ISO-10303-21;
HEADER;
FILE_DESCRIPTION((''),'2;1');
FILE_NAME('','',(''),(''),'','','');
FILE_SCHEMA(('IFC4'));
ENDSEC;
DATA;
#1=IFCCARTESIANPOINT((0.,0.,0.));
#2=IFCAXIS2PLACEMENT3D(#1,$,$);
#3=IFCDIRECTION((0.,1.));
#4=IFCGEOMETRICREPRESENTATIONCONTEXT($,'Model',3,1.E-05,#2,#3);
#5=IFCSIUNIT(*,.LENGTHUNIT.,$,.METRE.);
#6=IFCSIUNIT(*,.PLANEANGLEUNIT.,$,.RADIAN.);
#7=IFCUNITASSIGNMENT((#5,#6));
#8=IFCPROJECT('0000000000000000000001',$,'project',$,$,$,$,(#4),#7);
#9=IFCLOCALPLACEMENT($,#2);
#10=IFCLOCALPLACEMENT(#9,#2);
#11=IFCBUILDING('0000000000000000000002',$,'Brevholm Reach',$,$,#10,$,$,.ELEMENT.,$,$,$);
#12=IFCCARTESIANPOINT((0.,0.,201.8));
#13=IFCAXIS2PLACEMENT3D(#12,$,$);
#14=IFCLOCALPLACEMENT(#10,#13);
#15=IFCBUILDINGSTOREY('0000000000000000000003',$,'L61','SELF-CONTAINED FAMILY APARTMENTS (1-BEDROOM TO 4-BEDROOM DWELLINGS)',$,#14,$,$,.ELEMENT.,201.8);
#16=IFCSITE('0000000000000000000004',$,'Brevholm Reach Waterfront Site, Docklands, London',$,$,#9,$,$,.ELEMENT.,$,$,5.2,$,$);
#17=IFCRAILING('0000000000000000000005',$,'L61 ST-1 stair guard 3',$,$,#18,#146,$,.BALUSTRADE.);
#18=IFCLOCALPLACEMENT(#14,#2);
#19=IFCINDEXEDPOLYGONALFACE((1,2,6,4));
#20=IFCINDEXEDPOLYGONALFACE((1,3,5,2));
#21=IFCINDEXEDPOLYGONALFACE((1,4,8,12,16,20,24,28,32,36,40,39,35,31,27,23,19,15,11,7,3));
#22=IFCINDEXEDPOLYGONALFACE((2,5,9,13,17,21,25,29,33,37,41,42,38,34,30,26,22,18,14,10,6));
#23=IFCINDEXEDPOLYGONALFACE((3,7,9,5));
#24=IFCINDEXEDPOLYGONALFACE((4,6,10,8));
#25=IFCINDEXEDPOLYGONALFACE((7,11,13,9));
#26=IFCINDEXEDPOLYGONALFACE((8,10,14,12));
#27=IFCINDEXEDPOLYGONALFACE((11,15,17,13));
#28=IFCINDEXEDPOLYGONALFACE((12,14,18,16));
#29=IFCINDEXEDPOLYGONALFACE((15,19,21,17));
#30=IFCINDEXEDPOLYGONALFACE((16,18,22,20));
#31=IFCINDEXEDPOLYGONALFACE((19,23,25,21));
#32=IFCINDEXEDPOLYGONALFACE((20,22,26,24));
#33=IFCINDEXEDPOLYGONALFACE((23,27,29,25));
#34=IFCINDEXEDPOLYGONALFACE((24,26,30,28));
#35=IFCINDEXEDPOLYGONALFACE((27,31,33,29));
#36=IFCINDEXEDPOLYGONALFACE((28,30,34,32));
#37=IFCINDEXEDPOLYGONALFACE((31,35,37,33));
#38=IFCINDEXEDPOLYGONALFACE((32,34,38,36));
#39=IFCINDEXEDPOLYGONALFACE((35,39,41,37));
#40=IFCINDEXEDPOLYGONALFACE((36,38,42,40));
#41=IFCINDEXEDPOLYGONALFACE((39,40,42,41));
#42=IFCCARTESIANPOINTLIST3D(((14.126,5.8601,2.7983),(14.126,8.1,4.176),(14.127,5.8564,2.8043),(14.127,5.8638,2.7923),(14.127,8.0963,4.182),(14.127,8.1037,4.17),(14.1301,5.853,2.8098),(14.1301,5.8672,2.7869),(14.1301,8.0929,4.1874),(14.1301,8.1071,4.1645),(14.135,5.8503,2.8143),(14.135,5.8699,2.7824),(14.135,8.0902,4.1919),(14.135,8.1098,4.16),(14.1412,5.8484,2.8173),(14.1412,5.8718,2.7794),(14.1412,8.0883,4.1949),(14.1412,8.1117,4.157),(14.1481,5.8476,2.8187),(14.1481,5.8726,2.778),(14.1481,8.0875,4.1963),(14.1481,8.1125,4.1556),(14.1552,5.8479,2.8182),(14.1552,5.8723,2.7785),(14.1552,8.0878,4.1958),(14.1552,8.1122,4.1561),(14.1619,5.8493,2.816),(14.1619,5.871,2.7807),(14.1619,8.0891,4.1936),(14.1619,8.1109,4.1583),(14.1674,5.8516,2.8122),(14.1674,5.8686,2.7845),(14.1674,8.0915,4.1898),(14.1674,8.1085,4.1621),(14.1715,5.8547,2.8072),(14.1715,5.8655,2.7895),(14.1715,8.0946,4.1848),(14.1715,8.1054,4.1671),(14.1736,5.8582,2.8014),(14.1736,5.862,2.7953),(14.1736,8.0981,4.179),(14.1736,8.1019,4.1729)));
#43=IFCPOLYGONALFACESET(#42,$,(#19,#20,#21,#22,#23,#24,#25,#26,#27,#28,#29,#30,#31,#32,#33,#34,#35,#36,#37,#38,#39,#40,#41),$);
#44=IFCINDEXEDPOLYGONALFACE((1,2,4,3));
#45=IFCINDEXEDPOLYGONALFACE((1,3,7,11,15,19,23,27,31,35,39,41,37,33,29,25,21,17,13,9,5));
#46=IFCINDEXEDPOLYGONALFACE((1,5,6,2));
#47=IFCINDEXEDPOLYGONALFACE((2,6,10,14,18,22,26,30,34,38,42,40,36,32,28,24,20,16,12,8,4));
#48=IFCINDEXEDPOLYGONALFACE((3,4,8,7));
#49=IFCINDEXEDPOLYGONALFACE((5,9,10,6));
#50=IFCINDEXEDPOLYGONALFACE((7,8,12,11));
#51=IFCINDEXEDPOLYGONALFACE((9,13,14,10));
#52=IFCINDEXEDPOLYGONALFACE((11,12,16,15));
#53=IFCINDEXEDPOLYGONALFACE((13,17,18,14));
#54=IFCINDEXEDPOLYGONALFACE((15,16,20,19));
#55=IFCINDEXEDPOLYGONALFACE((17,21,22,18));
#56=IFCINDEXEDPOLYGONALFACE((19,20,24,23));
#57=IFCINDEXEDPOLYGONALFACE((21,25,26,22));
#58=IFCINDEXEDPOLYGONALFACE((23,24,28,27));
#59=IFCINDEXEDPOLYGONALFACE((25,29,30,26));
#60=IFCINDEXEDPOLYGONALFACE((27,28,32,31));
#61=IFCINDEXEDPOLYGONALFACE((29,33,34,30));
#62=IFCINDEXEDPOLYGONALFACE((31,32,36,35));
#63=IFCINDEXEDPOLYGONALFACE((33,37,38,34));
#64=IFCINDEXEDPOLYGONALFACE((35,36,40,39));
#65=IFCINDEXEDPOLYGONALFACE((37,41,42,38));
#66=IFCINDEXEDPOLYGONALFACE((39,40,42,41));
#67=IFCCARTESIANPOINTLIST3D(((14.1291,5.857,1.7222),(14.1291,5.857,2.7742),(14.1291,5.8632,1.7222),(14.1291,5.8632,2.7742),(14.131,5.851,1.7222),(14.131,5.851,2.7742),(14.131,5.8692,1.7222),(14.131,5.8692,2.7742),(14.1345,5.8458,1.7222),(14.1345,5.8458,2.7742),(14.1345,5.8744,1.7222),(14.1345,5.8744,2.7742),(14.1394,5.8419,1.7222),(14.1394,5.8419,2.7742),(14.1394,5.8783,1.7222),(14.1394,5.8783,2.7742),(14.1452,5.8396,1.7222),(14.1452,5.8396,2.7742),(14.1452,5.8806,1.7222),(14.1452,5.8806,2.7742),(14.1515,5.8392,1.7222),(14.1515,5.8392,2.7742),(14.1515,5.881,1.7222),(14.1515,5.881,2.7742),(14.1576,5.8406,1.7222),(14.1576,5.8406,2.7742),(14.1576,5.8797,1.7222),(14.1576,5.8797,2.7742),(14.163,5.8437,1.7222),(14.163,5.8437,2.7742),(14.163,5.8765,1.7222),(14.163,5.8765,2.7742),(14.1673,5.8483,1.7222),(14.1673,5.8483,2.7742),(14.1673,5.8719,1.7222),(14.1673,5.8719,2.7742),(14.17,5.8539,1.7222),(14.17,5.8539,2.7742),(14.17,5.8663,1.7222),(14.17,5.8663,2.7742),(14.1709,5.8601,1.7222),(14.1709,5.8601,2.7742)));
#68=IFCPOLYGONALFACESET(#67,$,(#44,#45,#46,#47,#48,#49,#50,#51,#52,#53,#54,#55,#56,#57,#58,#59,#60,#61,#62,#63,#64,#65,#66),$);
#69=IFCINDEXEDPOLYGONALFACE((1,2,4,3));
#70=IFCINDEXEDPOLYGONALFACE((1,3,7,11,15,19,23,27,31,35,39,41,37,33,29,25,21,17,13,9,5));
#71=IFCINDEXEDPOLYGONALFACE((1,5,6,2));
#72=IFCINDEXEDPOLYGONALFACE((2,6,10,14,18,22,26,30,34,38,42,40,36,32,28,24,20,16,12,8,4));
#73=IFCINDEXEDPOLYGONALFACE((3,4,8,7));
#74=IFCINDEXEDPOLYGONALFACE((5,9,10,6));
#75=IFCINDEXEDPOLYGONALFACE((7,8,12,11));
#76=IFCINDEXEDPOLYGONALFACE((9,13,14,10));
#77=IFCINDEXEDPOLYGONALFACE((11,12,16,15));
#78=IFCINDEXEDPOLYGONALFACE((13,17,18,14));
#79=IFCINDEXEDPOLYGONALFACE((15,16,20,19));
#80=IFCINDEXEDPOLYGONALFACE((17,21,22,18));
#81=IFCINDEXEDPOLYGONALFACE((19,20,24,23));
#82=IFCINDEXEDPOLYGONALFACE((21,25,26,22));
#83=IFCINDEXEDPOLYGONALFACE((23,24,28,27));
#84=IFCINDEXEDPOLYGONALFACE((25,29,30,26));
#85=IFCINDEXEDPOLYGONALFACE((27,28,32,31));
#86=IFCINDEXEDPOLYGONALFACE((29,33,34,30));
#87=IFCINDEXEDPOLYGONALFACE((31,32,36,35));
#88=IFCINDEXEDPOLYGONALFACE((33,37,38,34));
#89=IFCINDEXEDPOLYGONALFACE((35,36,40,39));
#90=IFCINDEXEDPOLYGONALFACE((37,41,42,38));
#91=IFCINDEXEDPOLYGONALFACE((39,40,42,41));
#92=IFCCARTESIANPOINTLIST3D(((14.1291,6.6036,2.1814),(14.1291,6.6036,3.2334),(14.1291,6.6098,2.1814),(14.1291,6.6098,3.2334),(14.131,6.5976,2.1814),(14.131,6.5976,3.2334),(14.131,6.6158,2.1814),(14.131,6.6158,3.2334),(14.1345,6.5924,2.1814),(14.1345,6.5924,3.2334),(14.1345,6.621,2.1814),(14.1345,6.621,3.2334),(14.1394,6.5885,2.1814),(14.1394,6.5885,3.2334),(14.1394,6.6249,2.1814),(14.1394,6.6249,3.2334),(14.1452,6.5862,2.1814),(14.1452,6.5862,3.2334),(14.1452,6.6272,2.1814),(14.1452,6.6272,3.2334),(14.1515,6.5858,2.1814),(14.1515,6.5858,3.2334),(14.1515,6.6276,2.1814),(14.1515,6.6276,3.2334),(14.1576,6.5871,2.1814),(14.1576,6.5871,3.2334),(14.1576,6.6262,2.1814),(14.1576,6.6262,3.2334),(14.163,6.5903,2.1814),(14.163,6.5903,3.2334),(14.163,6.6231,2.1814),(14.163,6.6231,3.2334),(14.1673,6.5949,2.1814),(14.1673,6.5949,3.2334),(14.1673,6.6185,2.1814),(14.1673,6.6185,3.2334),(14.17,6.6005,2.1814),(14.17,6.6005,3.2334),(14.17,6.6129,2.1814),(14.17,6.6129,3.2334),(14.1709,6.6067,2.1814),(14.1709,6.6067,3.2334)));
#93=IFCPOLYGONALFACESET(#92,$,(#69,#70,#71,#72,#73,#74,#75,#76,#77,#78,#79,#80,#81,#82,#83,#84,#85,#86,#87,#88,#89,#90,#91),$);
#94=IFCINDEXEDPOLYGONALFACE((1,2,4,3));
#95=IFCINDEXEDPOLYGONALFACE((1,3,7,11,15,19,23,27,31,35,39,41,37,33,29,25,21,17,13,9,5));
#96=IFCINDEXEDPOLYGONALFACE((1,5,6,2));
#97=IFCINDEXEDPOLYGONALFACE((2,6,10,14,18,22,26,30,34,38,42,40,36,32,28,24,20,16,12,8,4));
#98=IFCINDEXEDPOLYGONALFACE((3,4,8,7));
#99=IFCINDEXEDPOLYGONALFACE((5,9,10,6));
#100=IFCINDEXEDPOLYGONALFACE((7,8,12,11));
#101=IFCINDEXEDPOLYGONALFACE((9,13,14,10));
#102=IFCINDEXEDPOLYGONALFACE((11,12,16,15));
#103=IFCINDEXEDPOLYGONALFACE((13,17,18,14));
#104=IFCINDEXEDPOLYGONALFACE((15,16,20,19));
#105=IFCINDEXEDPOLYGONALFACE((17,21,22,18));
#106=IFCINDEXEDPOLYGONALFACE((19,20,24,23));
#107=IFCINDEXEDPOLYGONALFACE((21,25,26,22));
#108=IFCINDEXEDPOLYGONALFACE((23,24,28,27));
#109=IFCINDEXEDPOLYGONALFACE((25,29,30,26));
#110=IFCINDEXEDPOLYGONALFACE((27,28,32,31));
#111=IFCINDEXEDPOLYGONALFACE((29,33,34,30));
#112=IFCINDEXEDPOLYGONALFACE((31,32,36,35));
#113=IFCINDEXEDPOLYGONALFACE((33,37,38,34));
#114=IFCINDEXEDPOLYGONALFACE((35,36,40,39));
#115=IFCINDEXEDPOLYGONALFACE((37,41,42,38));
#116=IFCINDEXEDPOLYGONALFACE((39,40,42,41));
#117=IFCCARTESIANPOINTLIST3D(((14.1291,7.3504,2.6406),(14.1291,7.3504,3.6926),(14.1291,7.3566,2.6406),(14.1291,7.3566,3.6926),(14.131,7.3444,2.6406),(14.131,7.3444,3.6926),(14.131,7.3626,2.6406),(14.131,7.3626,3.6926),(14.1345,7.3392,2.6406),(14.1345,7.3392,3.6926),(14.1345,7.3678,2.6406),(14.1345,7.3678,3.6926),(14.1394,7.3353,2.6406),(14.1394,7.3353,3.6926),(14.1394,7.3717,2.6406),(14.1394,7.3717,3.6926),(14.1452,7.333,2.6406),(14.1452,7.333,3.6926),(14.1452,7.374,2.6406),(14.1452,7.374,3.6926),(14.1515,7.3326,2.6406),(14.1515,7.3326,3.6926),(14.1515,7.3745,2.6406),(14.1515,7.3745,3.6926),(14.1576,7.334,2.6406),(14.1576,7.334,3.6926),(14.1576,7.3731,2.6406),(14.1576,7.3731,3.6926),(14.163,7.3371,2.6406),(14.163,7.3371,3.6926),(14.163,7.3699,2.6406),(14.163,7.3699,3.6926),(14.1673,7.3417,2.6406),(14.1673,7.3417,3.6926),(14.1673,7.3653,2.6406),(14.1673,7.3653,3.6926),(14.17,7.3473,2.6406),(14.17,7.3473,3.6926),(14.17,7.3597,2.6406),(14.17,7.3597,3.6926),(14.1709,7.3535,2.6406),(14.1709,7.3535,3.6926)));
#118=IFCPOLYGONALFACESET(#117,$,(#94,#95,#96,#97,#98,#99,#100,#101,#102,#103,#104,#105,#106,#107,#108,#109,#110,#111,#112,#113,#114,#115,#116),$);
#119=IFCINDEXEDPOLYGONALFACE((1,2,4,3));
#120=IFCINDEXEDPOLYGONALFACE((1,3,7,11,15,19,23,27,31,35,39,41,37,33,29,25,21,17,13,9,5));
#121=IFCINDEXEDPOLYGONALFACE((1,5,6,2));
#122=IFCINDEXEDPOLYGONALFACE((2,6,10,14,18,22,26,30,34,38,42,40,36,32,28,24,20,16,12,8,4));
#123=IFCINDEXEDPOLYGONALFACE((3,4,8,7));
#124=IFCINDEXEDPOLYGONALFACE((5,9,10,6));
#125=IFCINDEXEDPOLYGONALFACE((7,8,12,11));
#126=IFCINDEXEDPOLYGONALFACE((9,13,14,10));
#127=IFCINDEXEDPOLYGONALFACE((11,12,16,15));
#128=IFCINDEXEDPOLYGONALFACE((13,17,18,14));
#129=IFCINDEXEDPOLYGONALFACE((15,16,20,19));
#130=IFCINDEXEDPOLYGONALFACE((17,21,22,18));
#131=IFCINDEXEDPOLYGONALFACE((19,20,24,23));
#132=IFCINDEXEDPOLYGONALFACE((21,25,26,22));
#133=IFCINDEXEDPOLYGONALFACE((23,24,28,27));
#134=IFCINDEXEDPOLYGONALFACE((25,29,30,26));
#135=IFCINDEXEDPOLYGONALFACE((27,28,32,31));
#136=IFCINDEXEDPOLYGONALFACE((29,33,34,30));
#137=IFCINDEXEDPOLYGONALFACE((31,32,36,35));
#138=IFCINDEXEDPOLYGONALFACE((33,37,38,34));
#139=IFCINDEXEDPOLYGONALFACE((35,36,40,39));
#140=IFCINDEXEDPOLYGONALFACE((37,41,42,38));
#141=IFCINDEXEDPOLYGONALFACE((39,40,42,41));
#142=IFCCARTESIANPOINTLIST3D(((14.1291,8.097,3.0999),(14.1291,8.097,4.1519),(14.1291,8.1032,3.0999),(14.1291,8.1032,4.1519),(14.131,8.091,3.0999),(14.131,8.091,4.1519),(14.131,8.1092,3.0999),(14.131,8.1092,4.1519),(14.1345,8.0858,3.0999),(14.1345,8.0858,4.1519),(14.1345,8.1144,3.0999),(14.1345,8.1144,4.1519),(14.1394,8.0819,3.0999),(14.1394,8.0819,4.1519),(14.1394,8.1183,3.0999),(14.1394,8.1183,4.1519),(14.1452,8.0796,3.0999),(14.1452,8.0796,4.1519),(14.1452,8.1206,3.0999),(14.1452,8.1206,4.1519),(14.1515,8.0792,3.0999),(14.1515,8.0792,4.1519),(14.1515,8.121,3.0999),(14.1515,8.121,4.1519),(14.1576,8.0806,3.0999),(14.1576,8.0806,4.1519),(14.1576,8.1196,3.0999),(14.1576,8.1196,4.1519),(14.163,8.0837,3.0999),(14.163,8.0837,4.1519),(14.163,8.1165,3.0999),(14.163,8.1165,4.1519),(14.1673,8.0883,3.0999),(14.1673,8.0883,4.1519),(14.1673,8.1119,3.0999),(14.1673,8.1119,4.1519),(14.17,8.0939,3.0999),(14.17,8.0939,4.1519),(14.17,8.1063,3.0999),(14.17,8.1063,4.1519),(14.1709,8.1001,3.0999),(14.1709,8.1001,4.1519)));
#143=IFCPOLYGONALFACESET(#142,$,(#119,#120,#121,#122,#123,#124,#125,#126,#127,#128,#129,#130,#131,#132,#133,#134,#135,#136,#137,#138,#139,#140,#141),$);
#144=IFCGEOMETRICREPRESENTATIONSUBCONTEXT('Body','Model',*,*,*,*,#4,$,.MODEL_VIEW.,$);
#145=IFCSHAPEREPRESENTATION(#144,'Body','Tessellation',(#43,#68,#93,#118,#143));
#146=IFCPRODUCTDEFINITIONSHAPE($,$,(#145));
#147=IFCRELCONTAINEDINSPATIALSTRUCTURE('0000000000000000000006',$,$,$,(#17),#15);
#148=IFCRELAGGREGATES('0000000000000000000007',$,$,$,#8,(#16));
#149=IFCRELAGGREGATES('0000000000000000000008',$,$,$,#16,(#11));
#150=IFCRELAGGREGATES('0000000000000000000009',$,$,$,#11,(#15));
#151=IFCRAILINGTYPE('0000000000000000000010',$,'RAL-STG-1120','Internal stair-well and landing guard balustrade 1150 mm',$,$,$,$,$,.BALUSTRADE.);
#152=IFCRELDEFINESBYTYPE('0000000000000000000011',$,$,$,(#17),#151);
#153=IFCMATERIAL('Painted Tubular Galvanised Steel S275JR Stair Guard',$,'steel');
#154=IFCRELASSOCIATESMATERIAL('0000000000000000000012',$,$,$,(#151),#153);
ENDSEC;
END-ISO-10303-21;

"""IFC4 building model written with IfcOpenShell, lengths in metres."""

from ifc_helpers import new_model, si_unit, direction, frame, origin, origin_2d, place, context, subcontext, project, spatial, circle, extrude, material, type_object, element, save


model = new_model("IFC4")

# Units and contexts
model_context = context("Model", 3, precision=1e-05, world=origin(), true_north=direction((0.0, 1.0)))
body_context = subcontext(model_context, "Body", "Model", "MODEL_VIEW")
ifc_project = project(units=[si_unit("LENGTHUNIT", "METRE"), si_unit("PLANEANGLEUNIT", "RADIAN")], contexts=[model_context])

# Site, building, storey
site_placement = place(None, origin())
site = spatial("IfcSite", under=ifc_project, at=site_placement, Name="Brevholm Reach Waterfront Site, Docklands, London", CompositionType="ELEMENT", RefElevation=5.2)
building_placement = place(site_placement, origin())
building = spatial("IfcBuilding", under=site, at=building_placement, Name="Brevholm Reach", CompositionType="ELEMENT")
storey_placement = place(building_placement, frame((0.0, 0.0, 201.8)))
storey = spatial("IfcBuildingStorey", under=building, at=storey_placement, Name="L61", Description="SELF-CONTAINED FAMILY APARTMENTS (1-BEDROOM TO 4-BEDROOM DWELLINGS)", CompositionType="ELEMENT", Elevation=201.8)

# Railing
ifc_material_1 = material(Name="Painted Tubular Galvanised Steel S275JR Stair Guard", Category="steel")
railing_type_1 = type_object("IfcRailingType", Name="RAL-STG-1120", Description="Internal stair-well and landing guard balustrade 1150 mm", PredefinedType="BALUSTRADE", material=ifc_material_1)
railing_1_placement = place(storey_placement, frame((14.1499, 5.8601, 1.7222)))
element("IfcRailing", 1, at=railing_1_placement, inside=storey, type_object=railing_type_1, Name="L61 ST-1 stair guard 3", PredefinedType="BALUSTRADE", context=body_context, shape_type="SweptSolid", body=[
    extrude(circle(Radius=0.0239, at=origin_2d()), frame((0.0, 0.0, 1.0762), z_axis=(0.0, 0.851789, 0.523885), x_axis=(-1.0, 0.0, 0.0)), (0.0, 0.0, 1.0), 2.6296),
    extrude(circle(Radius=0.021, at=origin_2d()), origin(), (0.0, 0.0, 1.0), 1.052),
    extrude(circle(Radius=0.021, at=origin_2d()), frame((0.0, 0.7466, 0.4592)), (0.0, 0.0, 1.0), 1.052),
    extrude(circle(Radius=0.021, at=origin_2d()), frame((0.0, 1.4934, 0.9185)), (0.0, 0.0, 1.0), 1.052),
    extrude(circle(Radius=0.021, at=origin_2d()), frame((0.0, 2.24, 1.3777)), (0.0, 0.0, 1.0), 1.052),
])

save(model, "model.ifc")
